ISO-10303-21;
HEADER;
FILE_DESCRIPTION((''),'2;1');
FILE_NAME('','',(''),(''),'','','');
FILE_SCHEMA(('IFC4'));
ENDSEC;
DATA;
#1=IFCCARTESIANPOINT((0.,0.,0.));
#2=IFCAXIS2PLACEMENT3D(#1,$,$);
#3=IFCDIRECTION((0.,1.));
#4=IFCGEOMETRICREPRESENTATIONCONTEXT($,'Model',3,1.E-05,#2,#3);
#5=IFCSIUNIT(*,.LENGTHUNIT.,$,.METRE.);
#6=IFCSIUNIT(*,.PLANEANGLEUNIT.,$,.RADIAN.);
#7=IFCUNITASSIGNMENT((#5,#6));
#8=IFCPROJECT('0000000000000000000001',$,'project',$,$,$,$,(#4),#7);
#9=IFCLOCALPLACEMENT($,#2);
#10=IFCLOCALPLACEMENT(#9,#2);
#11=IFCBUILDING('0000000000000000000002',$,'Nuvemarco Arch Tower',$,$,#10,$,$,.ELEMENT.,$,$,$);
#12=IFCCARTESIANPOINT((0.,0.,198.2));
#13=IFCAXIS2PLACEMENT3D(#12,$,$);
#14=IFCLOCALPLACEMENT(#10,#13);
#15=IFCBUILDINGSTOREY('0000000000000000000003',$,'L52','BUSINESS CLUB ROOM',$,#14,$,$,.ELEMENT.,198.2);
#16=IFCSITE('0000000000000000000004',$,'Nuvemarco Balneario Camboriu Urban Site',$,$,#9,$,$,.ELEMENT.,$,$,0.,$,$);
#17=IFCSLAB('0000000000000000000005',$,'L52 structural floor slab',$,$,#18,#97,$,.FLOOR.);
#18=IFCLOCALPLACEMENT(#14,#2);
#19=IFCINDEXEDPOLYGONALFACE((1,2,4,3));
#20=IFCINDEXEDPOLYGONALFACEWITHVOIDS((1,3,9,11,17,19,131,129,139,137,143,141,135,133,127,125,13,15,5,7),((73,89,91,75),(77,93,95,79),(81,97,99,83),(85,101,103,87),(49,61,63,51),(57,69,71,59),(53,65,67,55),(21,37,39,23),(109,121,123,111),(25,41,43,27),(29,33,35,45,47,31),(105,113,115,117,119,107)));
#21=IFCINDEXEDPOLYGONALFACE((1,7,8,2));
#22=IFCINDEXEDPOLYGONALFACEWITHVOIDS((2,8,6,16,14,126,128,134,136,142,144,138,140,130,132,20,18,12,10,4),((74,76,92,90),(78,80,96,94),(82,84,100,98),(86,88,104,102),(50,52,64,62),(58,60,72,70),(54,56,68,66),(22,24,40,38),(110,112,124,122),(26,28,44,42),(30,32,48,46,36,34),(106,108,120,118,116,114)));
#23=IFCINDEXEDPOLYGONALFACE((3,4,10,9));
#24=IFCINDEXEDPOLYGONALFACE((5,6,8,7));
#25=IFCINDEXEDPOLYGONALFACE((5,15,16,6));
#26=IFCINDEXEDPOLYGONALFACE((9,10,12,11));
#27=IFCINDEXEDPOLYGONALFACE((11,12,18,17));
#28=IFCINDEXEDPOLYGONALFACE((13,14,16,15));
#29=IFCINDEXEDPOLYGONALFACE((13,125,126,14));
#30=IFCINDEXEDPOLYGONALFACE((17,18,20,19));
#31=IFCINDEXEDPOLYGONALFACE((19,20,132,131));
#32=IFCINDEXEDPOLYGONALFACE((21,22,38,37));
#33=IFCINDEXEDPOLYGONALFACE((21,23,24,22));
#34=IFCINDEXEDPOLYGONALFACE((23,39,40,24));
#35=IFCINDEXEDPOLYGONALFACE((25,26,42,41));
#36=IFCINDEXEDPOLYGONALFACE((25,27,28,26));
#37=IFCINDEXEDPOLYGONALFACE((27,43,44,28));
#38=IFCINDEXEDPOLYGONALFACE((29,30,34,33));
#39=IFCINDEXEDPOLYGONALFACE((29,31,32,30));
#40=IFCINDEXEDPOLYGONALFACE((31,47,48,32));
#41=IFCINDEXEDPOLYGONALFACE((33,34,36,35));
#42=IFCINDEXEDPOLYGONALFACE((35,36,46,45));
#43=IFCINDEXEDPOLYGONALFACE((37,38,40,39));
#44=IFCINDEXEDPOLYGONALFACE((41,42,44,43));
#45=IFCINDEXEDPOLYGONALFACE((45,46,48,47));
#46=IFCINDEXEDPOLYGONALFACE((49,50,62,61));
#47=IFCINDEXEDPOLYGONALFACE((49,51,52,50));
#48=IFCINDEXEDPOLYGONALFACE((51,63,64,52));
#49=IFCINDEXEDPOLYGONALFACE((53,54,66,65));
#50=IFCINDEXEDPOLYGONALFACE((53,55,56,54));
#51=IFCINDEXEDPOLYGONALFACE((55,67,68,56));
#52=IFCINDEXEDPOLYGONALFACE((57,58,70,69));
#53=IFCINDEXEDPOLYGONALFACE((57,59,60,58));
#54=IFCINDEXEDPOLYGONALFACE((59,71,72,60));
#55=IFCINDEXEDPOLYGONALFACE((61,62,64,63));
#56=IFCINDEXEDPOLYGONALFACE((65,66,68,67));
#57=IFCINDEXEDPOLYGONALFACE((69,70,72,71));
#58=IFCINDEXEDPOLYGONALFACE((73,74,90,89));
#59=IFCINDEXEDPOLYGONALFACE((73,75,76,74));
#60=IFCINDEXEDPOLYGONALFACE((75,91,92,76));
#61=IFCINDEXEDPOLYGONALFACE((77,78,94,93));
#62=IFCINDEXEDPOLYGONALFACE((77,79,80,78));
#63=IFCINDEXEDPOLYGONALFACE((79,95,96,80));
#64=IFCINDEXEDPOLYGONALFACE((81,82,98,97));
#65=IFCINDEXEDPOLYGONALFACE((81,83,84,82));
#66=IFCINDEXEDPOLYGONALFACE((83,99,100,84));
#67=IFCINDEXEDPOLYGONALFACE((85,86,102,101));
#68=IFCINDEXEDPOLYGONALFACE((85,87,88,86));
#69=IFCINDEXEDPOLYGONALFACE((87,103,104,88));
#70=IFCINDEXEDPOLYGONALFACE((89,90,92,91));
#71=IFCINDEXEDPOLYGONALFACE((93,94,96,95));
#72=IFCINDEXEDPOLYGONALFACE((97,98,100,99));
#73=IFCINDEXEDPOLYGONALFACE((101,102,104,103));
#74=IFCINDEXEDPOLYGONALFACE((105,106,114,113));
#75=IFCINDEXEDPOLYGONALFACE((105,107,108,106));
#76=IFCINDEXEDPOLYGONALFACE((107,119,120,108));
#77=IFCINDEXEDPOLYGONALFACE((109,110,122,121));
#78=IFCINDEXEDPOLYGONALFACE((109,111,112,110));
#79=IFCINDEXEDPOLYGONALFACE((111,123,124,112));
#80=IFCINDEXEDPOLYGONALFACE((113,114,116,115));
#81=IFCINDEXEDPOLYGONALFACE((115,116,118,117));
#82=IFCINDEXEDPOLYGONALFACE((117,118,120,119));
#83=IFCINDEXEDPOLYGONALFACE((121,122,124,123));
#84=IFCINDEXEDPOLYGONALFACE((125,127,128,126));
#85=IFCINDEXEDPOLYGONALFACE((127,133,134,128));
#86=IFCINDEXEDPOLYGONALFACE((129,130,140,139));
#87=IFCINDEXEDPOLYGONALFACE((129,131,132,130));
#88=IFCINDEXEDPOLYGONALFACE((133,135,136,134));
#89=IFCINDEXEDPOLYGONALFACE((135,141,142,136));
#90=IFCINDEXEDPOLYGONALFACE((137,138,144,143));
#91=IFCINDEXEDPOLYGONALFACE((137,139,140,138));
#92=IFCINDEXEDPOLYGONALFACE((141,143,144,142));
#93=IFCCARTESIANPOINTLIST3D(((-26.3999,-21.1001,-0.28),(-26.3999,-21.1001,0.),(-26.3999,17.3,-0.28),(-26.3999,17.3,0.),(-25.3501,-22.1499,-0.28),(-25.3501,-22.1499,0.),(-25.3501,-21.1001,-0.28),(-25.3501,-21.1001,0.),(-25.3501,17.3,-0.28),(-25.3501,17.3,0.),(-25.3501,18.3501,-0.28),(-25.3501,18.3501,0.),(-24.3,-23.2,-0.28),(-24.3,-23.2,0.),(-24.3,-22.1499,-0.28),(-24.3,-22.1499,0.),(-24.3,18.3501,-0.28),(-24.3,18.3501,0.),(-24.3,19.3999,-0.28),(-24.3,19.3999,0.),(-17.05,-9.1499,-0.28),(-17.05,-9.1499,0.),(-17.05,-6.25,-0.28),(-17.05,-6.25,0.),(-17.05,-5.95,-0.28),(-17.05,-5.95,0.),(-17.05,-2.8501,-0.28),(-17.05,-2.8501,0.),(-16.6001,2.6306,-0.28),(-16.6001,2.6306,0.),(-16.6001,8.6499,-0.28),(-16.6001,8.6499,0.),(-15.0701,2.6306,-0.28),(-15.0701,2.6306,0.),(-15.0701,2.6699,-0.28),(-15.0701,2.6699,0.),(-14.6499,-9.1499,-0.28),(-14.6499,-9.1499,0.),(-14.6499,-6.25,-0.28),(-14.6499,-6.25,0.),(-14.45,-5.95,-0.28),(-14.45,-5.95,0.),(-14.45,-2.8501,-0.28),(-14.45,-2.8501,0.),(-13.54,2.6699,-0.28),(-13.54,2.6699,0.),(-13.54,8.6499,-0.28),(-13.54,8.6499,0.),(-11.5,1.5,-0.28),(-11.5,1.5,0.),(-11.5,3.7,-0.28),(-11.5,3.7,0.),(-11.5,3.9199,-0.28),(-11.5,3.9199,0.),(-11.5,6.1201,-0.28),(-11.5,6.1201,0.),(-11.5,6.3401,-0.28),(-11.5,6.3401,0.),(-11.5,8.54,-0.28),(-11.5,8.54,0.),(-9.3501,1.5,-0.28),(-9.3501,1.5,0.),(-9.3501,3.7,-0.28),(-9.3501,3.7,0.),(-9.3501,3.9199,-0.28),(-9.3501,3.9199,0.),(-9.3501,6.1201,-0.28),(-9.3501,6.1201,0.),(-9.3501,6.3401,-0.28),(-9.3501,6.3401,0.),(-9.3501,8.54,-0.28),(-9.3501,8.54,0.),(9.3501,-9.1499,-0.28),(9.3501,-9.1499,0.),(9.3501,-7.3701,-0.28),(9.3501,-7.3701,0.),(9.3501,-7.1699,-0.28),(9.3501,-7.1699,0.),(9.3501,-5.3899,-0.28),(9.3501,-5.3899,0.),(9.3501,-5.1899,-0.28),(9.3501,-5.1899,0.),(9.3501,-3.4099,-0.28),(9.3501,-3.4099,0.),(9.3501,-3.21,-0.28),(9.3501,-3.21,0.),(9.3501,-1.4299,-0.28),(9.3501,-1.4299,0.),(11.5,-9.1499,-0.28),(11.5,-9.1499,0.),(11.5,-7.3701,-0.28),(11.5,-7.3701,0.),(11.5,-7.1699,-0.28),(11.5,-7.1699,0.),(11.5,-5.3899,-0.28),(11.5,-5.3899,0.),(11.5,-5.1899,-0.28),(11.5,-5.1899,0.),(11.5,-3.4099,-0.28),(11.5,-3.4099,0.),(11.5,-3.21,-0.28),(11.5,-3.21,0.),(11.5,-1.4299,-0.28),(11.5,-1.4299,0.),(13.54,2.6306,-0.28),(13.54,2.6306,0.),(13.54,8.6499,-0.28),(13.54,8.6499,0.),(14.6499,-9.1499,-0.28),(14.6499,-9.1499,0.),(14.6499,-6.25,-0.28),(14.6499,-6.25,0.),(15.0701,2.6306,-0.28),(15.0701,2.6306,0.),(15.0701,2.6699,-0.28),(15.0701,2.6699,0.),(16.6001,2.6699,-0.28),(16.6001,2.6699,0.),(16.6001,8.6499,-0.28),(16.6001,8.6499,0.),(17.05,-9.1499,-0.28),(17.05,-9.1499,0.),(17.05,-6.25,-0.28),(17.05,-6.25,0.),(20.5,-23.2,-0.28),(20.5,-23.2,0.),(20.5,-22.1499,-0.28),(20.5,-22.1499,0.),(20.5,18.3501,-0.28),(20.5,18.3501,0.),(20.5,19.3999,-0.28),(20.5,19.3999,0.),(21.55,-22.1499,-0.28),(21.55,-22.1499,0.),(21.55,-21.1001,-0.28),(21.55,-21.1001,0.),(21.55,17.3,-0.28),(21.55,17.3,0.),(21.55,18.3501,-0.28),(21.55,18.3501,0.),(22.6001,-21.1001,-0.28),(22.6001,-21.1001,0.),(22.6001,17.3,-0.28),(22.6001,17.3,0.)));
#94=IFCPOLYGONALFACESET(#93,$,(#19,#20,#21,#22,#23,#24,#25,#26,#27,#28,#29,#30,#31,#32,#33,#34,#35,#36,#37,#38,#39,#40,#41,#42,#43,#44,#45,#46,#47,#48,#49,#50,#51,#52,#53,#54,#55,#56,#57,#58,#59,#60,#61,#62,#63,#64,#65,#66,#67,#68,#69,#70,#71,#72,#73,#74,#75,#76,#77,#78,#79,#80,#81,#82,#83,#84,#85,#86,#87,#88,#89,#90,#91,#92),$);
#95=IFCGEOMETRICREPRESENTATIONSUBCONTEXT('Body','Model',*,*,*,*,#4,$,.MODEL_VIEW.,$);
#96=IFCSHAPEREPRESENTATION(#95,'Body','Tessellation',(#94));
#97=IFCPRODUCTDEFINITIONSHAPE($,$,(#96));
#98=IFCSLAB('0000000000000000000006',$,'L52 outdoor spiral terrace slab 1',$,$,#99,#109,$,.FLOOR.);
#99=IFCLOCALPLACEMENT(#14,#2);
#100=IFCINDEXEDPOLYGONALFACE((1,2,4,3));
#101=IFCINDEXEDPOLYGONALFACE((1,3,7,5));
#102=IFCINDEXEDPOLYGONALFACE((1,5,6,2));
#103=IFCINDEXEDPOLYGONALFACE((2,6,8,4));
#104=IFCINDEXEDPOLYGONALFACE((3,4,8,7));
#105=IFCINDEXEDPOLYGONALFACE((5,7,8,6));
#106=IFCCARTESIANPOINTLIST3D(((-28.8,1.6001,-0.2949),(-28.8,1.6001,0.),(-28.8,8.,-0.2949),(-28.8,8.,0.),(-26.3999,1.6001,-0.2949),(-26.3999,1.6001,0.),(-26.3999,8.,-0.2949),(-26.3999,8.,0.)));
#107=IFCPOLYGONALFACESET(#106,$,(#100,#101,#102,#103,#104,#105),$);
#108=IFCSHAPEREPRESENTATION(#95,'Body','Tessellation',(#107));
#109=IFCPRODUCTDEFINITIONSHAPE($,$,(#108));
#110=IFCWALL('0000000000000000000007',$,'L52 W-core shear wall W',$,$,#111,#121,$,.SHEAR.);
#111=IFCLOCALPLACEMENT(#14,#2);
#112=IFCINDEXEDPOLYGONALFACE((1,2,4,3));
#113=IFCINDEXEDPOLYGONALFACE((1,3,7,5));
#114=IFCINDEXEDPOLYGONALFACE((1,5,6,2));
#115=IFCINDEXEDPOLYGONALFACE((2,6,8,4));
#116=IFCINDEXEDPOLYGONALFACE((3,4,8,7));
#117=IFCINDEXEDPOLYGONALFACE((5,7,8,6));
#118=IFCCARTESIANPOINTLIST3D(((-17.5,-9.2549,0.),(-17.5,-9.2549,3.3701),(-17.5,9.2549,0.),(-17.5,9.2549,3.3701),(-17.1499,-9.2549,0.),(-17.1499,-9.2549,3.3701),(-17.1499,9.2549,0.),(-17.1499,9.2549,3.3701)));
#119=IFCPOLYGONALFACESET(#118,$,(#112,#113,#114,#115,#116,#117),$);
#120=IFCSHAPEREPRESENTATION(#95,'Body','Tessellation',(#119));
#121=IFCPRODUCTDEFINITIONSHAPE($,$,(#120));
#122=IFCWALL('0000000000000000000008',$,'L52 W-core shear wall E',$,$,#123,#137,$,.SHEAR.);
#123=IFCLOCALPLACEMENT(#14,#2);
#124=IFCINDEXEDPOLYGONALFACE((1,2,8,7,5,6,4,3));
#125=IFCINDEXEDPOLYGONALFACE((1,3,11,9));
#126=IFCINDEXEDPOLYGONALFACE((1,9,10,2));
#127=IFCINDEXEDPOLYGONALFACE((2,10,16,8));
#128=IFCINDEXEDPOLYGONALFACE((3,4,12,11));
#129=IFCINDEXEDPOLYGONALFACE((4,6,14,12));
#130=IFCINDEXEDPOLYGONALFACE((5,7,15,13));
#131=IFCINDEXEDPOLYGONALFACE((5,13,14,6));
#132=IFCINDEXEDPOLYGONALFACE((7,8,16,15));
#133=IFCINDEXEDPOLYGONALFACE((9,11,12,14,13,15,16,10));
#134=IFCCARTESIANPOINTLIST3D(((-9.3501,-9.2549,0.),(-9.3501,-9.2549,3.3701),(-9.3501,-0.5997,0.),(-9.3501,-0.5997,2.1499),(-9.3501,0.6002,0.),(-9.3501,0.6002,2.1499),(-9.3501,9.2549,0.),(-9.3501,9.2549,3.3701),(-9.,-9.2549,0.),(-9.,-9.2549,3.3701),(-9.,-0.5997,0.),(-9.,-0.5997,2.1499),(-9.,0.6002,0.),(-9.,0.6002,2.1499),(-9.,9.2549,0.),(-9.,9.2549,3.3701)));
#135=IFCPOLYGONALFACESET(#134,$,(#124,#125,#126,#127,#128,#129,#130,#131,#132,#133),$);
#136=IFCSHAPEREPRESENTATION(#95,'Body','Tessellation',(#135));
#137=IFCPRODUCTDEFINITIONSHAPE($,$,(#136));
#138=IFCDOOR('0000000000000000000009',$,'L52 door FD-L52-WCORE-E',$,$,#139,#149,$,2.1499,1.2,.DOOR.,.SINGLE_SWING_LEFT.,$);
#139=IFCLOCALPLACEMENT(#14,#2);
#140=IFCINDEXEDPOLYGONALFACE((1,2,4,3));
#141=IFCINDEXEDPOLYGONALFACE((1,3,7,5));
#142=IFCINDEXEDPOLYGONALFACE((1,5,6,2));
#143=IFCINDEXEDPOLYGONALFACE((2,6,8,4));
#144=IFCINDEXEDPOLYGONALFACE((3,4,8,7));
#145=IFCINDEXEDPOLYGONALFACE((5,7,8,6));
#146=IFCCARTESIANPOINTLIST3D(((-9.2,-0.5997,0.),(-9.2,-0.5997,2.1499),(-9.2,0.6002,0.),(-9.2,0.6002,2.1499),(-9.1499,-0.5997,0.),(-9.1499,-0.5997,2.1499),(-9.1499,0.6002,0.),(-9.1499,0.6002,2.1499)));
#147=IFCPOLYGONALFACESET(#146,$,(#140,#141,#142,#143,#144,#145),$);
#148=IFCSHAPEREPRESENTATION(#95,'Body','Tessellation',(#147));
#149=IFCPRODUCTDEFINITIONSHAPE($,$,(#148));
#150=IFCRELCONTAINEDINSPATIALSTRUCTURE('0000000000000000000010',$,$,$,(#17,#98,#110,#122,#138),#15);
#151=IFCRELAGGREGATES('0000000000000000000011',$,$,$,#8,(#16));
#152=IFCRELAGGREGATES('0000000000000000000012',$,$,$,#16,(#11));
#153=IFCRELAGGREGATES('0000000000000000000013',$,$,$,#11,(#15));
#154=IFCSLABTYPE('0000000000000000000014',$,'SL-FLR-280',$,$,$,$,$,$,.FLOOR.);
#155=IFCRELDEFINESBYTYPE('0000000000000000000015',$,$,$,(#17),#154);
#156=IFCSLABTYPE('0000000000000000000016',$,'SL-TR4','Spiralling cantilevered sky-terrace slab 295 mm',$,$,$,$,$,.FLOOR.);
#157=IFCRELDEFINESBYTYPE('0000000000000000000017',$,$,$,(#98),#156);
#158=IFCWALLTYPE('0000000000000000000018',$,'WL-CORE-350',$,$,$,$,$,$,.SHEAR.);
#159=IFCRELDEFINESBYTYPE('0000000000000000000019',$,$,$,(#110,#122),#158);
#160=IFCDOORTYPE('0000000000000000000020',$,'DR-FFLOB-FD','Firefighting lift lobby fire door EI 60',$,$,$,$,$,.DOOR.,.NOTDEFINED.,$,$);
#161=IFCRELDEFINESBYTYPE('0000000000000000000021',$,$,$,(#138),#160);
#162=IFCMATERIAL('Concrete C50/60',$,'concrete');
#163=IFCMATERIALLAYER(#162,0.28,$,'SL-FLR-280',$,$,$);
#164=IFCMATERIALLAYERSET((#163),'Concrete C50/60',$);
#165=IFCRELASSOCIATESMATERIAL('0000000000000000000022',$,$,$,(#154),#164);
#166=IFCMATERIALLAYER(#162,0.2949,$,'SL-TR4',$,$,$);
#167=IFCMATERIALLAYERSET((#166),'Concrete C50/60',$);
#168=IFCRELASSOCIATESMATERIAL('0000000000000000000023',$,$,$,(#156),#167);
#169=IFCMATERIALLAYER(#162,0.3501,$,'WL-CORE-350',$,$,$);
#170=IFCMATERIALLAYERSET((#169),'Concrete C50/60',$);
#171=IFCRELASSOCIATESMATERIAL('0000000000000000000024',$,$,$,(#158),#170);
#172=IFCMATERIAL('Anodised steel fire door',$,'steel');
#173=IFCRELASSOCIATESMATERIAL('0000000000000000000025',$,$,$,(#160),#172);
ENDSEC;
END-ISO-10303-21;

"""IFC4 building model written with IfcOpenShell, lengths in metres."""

from ifc_helpers import new_model, si_unit, direction, frame, frame_2d, origin, place, context, subcontext, project, spatial, polyline, rectangle, outline, extrude, source, transform, mapped, material, layer, layer_set, type_object, type_shapes, element, fill, save


model = new_model("IFC4")

# Units and contexts
model_context = context("Model", 3, precision=1e-05, world=origin(), true_north=direction((0.0, 1.0)))
body_context = subcontext(model_context, "Body", "Model", "MODEL_VIEW")
ifc_project = project(units=[si_unit("LENGTHUNIT", "METRE"), si_unit("PLANEANGLEUNIT", "RADIAN")], contexts=[model_context])

# Site, building, storey
site_placement = place(None, origin())
site = spatial("IfcSite", under=ifc_project, at=site_placement, Name="Nuvemarco Balneario Camboriu Urban Site", CompositionType="ELEMENT", RefElevation=0.0)
building_placement = place(site_placement, origin())
building = spatial("IfcBuilding", under=site, at=building_placement, Name="Nuvemarco Arch Tower", CompositionType="ELEMENT")
storey_placement = place(building_placement, frame((0.0, 0.0, 198.2)))
storey = spatial("IfcBuildingStorey", under=building, at=storey_placement, Name="L52", Description="BUSINESS CLUB ROOM", CompositionType="ELEMENT", Elevation=198.2)

# Shared definitions
ifc_material_1 = material(Name="Concrete C50/60", Category="concrete")

# Slabs
ifc_layer_1 = layer(ifc_material_1, 0.28, Name="SL-FLR-280")
ifc_layer_set_1 = layer_set([ifc_layer_1], Name="Concrete C50/60")
slab_type_1 = type_object("IfcSlabType", Name="SL-FLR-280", PredefinedType="FLOOR", material=ifc_layer_set_1)
slab_1_placement = place(storey_placement, frame((0.0, 0.0, -0.28)))
element("IfcSlab", 1, at=slab_1_placement, inside=storey, type_object=slab_type_1, Name="L52 structural floor slab", PredefinedType="FLOOR", context=body_context, shape_type="SweptSolid", body=[
    extrude(outline(polyline([(-24.3, -23.2), (20.5, -23.2), (20.5, -22.1499), (21.55, -22.1499), (21.55, -21.1001), (22.6001, -21.1001), (22.6001, 17.3), (21.55, 17.3), (21.55, 18.3501), (20.5, 18.3501), (20.5, 19.3999), (-24.3, 19.3999), (-24.3, 18.3501), (-25.3501, 18.3501), (-25.3501, 17.3), (-26.3999, 17.3), (-26.3999, -21.1001), (-25.3501, -21.1001), (-25.3501, -22.1499), (-24.3, -22.1499), (-24.3, -23.2)]), holes=[polyline([(-13.54, 2.6699), (-13.54, 8.6499), (-16.6001, 8.6499), (-16.6001, 2.6306), (-15.0701, 2.6306), (-15.0701, 2.6699), (-13.54, 2.6699)]), polyline([(16.6001, 2.6699), (16.6001, 8.6499), (13.54, 8.6499), (13.54, 2.6306), (15.0701, 2.6306), (15.0701, 2.6699), (16.6001, 2.6699)]), polyline([(-17.05, -9.1499), (-14.6499, -9.1499), (-14.6499, -6.25), (-17.05, -6.25), (-17.05, -9.1499)]), polyline([(-17.05, -5.95), (-14.45, -5.95), (-14.45, -2.8501), (-17.05, -2.8501), (-17.05, -5.95)]), polyline([(-11.5, 1.5), (-9.3501, 1.5), (-9.3501, 3.7), (-11.5, 3.7), (-11.5, 1.5)]), polyline([(-11.5, 3.9199), (-9.3501, 3.9199), (-9.3501, 6.1201), (-11.5, 6.1201), (-11.5, 3.9199)]), polyline([(-11.5, 6.3401), (-9.3501, 6.3401), (-9.3501, 8.54), (-11.5, 8.54), (-11.5, 6.3401)]), polyline([(14.6499, -9.1499), (17.05, -9.1499), (17.05, -6.25), (14.6499, -6.25), (14.6499, -9.1499)]), polyline([(9.3501, -9.1499), (11.5, -9.1499), (11.5, -7.3701), (9.3501, -7.3701), (9.3501, -9.1499)]), polyline([(9.3501, -7.1699), (11.5, -7.1699), (11.5, -5.3899), (9.3501, -5.3899), (9.3501, -7.1699)]), polyline([(9.3501, -5.1899), (11.5, -5.1899), (11.5, -3.4099), (9.3501, -3.4099), (9.3501, -5.1899)]), polyline([(9.3501, -3.21), (11.5, -3.21), (11.5, -1.4299), (9.3501, -1.4299), (9.3501, -3.21)])]), origin(), (0.0, 0.0, 1.0), 0.28),
])
ifc_layer_2 = layer(ifc_material_1, 0.2949, Name="SL-TR4")
ifc_layer_set_2 = layer_set([ifc_layer_2], Name="Concrete C50/60")
slab_type_2 = type_object("IfcSlabType", Name="SL-TR4", Description="Spiralling cantilevered sky-terrace slab 295 mm", PredefinedType="FLOOR", material=ifc_layer_set_2)
slab_2_placement = place(storey_placement, frame((0.0, 0.0, -0.2949)))
element("IfcSlab", 2, at=slab_2_placement, inside=storey, type_object=slab_type_2, Name="L52 outdoor spiral terrace slab 1", PredefinedType="FLOOR", context=body_context, shape_type="SweptSolid", body=[
    extrude(outline(polyline([(-28.8, 1.6001), (-26.3999, 1.6001), (-26.3999, 8.0), (-28.8, 8.0), (-28.8, 1.6001)])), origin(), (0.0, 0.0, 1.0), 0.2949),
])

# Wall
ifc_layer_3 = layer(ifc_material_1, 0.3501, Name="WL-CORE-350")
ifc_layer_set_3 = layer_set([ifc_layer_3], Name="Concrete C50/60")
wall_type_1 = type_object("IfcWallType", Name="WL-CORE-350", PredefinedType="SHEAR", material=ifc_layer_set_3)
wall_1_placement = place(storey_placement, frame((-17.325, -9.2549, 0.0), z_axis=(0.0, 0.0, 1.0), x_axis=(0.0, 1.0, 0.0)))
element("IfcWall", 3, at=wall_1_placement, inside=storey, type_object=wall_type_1, Name="L52 W-core shear wall W", PredefinedType="SHEAR", context=body_context, shape_type="SweptSolid", body=[
    extrude(rectangle(XDim=18.5098, YDim=0.3501, at=frame_2d((9.2549, 0.0))), origin(), (0.0, 0.0, 1.0), 3.3701),
])

# Wall, opening, door
wall_2_placement = place(storey_placement, frame((-9.175, -9.2549, 0.0), z_axis=(0.0, 0.0, 1.0), x_axis=(0.0, 1.0, 0.0)))
wall_2 = element("IfcWall", 4, at=wall_2_placement, inside=storey, type_object=wall_type_1, Name="L52 W-core shear wall E", PredefinedType="SHEAR", context=body_context, shape_type="SweptSolid", body=[
    extrude(rectangle(XDim=18.5098, YDim=0.3501, at=frame_2d((9.2549, 0.0))), origin(), (0.0, 0.0, 1.0), 3.3701),
])
opening_1_placement = place(wall_2_placement, frame((8.655, 0.0, 0.0)))
opening_1 = element("IfcOpeningElement", 5, at=opening_1_placement, cuts=wall_2, PredefinedType="OPENING", context=body_context, shape_type="SweptSolid", body=[
    extrude(rectangle(XDim=1.2, YDim=2.1499, at=frame_2d((0.6001, 1.075))), frame((0.0, 0.1851, 0.0), z_axis=(0.0, -1.0, 0.0), x_axis=(1.0, 0.0, 0.0)), (0.0, 0.0, 1.0), 0.3701),
])
ifc_material_2 = material(Name="Anodised steel fire door", Category="steel")
door_type_1 = type_object("IfcDoorType", Name="DR-FFLOB-FD", Description="Firefighting lift lobby fire door EI 60", OperationType="NOTDEFINED", PredefinedType="DOOR", material=ifc_material_2)
shared_shape_1 = source(origin(), body_context, "Body", "SweptSolid", [
    extrude(rectangle(XDim=1.2, YDim=2.1499, at=frame_2d((0.6001, 1.075))), frame((0.0, 0.0249, 0.0), z_axis=(0.0, -1.0, 0.0), x_axis=(1.0, 0.0, 0.0)), (0.0, 0.0, 1.0), 0.05),
])
type_shapes(door_type_1, [shared_shape_1])
door_1_placement = place(opening_1_placement, origin())
door_1 = element("IfcDoor", 6, at=door_1_placement, inside=storey, type_object=door_type_1, Name="L52 door FD-L52-WCORE-E", OperationType="SINGLE_SWING_LEFT", OverallHeight=2.1499, OverallWidth=1.2, PredefinedType="DOOR", context=body_context, shape_type="MappedRepresentation", body=[
    mapped(shared_shape_1, transform((0.0, 0.0, 0.0), scale=1.0)),
])
fill(opening_1, door_1)

save(model, "model.ifc")
